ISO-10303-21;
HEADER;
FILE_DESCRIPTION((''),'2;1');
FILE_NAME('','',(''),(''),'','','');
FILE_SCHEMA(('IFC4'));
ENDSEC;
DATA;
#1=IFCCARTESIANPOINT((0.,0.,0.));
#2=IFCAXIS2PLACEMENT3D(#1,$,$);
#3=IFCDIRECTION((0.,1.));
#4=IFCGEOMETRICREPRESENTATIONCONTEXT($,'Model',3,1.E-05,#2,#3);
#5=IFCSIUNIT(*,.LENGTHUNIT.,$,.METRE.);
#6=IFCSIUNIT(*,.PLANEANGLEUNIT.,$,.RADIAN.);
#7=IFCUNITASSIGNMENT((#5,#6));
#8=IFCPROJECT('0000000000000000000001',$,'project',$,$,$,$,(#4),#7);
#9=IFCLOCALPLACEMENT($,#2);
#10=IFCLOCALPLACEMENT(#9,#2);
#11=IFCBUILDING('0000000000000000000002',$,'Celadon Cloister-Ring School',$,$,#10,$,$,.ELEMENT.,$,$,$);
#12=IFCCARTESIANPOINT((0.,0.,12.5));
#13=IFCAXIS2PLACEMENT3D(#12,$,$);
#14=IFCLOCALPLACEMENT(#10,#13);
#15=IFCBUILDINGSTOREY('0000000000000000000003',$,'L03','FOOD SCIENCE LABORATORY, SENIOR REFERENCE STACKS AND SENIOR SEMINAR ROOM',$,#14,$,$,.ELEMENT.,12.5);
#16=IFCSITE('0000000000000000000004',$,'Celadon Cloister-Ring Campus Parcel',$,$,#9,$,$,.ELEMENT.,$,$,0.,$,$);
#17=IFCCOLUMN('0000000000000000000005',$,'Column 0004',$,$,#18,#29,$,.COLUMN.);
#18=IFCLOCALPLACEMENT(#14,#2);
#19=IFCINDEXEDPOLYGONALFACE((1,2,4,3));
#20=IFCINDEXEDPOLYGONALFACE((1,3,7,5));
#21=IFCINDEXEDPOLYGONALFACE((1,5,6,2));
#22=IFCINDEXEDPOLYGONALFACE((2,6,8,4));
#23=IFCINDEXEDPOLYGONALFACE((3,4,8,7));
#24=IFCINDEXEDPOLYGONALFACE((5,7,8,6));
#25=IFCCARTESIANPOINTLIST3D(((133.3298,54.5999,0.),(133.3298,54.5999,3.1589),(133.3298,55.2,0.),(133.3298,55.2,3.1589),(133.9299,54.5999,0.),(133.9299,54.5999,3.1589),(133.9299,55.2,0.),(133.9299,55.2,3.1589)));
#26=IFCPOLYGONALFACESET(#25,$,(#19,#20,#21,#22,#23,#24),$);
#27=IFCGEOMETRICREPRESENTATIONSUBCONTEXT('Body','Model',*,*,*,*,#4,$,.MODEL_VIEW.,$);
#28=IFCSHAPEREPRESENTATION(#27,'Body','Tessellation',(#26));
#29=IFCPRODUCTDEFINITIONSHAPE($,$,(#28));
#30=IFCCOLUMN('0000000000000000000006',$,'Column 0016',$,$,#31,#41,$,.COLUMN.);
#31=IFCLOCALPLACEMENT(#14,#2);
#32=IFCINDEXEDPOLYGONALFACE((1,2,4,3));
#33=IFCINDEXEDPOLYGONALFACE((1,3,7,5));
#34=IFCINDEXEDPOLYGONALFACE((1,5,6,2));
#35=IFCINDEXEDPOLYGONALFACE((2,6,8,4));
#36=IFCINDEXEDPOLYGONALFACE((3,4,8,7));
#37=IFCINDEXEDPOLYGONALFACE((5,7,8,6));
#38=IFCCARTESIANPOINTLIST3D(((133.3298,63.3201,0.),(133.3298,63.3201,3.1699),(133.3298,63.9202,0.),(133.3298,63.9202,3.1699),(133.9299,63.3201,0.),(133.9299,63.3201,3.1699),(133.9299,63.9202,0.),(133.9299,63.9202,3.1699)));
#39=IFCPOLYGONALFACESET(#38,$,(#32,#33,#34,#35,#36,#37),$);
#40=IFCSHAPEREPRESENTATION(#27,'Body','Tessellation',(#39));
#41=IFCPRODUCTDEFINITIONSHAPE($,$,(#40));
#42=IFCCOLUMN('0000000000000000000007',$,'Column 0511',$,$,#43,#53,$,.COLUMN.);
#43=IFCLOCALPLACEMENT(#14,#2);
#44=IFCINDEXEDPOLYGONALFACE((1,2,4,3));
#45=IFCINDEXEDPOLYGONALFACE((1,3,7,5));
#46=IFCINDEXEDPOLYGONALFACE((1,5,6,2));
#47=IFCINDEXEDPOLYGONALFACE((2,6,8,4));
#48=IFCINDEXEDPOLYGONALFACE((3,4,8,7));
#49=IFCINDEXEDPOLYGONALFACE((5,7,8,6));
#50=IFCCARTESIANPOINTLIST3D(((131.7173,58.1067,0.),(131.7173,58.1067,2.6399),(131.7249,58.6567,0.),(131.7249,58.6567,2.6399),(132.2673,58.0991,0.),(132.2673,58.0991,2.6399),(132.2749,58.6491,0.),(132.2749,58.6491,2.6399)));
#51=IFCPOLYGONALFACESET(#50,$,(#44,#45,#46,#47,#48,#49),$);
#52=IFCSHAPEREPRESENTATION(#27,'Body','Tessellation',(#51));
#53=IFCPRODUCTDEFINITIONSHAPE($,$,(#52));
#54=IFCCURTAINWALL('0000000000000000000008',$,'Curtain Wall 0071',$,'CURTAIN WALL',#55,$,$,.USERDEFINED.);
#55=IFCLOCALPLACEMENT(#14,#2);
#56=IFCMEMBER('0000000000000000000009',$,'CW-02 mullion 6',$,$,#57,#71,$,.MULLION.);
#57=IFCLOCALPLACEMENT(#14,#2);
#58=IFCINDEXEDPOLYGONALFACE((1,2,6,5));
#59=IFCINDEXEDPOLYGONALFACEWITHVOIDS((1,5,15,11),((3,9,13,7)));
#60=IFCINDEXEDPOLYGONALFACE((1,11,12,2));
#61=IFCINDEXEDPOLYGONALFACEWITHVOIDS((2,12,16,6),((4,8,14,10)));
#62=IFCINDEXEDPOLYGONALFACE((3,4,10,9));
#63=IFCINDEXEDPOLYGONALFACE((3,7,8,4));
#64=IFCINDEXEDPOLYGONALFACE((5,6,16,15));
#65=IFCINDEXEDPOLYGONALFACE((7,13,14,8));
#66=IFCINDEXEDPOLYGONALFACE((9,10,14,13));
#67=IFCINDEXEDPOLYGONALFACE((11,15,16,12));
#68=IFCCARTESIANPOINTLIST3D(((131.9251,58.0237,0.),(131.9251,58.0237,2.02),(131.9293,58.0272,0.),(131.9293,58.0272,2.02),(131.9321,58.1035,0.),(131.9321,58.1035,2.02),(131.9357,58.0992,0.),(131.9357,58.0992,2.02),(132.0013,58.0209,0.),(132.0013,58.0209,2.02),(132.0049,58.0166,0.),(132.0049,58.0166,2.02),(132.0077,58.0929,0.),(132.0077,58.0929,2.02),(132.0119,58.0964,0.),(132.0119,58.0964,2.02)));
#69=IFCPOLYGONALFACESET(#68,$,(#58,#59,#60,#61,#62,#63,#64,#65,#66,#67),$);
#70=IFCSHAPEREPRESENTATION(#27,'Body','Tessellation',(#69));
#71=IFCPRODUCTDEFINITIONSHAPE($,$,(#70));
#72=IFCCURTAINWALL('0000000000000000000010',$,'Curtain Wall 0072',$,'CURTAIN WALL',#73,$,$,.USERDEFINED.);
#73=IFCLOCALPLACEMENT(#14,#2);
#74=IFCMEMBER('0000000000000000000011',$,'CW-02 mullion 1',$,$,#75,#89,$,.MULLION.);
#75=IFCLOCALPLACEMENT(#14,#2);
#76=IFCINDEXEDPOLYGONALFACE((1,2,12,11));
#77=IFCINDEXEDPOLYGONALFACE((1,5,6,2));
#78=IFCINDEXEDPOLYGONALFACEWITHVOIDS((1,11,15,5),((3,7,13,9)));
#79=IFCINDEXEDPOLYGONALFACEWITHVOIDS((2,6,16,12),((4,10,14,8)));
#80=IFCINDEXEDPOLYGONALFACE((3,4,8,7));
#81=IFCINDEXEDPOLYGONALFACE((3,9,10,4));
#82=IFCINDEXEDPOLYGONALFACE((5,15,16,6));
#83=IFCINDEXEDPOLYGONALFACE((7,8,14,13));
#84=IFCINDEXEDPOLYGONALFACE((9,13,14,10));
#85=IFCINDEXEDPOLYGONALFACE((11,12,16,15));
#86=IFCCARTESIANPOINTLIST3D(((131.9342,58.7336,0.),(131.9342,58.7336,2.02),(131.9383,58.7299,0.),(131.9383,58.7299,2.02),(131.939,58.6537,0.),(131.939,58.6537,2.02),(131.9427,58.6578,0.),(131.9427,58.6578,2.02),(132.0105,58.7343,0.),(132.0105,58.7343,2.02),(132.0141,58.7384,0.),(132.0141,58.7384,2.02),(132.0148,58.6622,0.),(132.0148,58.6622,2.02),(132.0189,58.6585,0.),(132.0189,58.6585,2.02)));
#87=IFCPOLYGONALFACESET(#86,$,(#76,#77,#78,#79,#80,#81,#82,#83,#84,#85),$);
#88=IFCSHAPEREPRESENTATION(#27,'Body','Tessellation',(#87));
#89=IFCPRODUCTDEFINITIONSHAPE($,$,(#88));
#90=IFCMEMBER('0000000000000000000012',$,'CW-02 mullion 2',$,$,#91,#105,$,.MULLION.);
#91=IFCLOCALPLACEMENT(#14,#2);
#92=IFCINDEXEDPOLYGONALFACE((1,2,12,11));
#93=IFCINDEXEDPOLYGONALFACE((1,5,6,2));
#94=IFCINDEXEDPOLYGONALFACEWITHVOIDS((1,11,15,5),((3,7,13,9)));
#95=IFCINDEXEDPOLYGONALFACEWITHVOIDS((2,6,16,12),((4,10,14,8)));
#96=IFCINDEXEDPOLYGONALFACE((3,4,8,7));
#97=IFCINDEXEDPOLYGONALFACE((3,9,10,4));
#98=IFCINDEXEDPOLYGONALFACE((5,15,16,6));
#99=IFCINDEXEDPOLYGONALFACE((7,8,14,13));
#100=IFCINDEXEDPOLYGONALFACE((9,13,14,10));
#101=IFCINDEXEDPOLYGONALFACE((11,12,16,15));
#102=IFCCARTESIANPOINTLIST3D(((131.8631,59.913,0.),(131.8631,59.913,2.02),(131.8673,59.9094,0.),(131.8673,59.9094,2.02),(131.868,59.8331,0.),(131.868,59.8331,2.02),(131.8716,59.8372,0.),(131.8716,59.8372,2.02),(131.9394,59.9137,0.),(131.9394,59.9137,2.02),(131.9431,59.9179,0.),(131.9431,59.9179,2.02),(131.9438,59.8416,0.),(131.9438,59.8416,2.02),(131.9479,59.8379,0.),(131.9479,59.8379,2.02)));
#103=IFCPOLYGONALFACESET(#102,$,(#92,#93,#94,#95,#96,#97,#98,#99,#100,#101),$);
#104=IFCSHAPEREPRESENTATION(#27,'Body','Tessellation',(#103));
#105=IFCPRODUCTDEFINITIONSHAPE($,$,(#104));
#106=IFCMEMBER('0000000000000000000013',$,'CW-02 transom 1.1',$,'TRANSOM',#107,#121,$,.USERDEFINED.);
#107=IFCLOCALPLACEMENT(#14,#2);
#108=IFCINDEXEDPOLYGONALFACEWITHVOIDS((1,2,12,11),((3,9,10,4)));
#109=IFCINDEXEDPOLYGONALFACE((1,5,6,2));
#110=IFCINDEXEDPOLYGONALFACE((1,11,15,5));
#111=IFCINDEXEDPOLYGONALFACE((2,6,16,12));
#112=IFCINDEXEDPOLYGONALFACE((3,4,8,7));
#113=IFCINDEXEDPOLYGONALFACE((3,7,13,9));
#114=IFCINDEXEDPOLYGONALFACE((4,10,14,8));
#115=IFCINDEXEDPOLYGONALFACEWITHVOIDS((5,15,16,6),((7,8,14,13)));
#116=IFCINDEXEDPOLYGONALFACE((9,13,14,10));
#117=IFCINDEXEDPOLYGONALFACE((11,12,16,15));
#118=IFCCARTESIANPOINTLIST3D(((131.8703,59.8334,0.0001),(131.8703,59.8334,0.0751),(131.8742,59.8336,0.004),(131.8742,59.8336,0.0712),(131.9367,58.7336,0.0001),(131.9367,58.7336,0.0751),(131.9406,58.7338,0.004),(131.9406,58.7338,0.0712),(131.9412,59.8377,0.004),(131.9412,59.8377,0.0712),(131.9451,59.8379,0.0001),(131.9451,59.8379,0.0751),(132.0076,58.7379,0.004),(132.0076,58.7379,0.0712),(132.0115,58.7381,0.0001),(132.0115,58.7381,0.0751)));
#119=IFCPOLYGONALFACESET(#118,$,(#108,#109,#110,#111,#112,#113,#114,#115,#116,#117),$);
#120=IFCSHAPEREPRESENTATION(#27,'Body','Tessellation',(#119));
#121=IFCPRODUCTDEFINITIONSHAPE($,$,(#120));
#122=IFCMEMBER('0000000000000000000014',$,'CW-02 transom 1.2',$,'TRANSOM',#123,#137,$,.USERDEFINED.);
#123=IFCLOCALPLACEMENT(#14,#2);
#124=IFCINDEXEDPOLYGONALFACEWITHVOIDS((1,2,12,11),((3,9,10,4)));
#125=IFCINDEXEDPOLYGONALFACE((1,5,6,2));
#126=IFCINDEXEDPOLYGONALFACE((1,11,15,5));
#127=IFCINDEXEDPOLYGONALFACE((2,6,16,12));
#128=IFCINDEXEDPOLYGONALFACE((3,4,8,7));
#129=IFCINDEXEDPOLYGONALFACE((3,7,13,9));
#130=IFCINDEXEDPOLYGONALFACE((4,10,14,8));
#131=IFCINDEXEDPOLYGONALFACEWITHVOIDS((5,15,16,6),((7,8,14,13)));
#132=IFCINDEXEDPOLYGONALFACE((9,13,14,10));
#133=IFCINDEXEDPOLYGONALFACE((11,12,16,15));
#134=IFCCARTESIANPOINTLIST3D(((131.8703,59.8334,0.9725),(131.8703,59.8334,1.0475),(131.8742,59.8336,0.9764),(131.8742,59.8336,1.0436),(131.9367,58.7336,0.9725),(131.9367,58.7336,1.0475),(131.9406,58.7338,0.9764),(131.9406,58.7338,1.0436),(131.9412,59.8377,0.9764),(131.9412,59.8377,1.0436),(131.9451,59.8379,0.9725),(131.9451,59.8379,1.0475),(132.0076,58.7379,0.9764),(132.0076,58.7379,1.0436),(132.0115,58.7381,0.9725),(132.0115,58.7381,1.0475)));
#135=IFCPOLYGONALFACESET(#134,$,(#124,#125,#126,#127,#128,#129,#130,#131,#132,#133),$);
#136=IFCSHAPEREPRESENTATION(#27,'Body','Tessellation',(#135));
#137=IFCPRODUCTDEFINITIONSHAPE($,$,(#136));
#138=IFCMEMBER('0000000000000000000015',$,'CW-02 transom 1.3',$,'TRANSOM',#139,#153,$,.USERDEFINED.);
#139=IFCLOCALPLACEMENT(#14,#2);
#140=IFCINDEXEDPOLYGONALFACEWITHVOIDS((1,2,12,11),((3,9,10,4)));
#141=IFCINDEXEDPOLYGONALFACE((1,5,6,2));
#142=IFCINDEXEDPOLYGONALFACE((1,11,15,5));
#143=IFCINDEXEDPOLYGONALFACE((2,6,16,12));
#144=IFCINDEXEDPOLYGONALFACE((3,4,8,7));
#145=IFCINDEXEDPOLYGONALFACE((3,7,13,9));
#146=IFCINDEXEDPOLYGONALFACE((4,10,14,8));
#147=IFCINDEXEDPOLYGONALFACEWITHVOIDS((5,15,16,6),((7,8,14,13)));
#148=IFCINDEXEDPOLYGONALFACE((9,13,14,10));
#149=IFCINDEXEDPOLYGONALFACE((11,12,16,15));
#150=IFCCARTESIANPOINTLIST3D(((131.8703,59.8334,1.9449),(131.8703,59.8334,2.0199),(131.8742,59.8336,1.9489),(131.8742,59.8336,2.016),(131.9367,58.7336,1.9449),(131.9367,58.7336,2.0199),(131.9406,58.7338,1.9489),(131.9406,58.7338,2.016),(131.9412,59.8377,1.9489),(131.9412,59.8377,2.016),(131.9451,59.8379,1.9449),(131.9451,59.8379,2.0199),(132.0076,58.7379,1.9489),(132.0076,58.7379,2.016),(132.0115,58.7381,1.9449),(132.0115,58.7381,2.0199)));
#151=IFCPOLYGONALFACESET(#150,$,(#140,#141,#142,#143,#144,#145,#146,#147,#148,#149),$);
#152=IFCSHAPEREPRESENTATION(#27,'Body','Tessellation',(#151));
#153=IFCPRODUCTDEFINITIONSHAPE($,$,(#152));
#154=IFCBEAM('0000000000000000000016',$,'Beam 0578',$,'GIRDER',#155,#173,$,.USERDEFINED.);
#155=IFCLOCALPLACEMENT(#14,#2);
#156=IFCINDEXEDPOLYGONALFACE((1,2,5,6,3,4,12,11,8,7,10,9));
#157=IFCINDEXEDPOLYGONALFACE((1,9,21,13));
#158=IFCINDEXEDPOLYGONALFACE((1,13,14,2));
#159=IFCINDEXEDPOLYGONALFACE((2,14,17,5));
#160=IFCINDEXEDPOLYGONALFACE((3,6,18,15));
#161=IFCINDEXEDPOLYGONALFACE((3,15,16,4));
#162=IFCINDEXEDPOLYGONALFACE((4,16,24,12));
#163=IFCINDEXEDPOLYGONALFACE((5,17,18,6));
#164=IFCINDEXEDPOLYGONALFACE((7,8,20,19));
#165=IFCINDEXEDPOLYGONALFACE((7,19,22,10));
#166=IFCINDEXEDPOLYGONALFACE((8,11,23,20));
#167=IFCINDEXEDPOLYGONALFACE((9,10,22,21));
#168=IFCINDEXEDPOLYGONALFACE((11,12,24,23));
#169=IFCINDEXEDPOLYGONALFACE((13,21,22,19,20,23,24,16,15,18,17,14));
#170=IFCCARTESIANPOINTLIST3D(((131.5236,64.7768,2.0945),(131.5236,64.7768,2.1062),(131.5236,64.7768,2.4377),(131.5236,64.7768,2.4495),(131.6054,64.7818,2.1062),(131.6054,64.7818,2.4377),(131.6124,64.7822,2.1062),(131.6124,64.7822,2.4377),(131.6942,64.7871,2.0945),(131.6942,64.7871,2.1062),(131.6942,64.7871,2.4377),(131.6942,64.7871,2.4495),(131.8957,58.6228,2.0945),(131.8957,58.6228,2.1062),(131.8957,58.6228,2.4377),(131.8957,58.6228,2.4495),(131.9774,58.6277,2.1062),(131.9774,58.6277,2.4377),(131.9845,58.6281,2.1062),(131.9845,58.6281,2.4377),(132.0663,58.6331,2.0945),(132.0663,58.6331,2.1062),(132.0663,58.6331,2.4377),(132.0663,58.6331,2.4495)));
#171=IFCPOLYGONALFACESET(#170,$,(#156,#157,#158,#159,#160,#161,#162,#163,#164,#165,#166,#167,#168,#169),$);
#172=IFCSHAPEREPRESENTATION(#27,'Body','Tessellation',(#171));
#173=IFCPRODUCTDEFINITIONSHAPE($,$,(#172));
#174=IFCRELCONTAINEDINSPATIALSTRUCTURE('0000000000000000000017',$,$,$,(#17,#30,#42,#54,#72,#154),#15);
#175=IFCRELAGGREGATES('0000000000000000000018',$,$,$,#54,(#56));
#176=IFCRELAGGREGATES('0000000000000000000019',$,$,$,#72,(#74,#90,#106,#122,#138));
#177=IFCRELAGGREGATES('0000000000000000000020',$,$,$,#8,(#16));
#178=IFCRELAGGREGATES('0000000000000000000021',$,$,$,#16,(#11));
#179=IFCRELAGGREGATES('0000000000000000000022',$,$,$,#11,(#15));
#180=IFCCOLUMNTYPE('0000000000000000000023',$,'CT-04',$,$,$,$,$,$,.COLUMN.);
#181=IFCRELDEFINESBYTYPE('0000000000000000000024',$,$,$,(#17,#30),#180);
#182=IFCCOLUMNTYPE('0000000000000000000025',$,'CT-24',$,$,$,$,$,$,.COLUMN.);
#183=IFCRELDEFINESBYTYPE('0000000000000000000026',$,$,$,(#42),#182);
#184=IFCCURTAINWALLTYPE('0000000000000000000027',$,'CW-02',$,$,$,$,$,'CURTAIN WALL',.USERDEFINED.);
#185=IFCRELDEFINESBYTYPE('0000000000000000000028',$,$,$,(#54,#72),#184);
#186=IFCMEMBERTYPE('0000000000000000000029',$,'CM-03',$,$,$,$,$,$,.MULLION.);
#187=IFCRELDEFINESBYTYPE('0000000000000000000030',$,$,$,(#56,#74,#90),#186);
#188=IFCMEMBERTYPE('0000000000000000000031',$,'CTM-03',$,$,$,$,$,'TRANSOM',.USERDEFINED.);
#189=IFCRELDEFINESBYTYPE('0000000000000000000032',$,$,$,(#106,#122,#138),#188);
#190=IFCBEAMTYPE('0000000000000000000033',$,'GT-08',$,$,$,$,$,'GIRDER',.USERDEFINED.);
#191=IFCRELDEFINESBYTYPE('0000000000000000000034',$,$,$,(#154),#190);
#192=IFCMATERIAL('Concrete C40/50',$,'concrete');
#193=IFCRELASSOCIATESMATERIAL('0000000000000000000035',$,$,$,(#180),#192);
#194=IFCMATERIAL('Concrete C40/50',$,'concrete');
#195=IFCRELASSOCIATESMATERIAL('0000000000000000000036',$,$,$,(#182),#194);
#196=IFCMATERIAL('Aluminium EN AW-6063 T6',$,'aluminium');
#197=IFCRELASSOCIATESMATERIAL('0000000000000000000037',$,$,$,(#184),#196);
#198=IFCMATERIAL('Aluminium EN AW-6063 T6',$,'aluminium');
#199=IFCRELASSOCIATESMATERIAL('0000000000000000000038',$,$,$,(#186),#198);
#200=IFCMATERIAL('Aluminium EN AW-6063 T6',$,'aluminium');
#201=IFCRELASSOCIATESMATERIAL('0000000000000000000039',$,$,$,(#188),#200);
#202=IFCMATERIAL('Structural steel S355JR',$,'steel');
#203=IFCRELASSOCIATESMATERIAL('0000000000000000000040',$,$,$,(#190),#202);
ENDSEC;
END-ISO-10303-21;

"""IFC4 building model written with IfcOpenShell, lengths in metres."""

from ifc_helpers import new_model, si_unit, direction, frame, origin, origin_2d, place, context, subcontext, project, spatial, rectangle, hollow_rectangle, i_section, extrude, material, material_profile, profile_set, type_object, element, aggregate, save


model = new_model("IFC4")

# Units and contexts
model_context = context("Model", 3, precision=1e-05, world=origin(), true_north=direction((0.0, 1.0)))
body_context = subcontext(model_context, "Body", "Model", "MODEL_VIEW")
ifc_project = project(units=[si_unit("LENGTHUNIT", "METRE"), si_unit("PLANEANGLEUNIT", "RADIAN")], contexts=[model_context])

# Site, building, storey
site_placement = place(None, origin())
site = spatial("IfcSite", under=ifc_project, at=site_placement, Name="Celadon Cloister-Ring Campus Parcel", CompositionType="ELEMENT", RefElevation=0.0)
building_placement = place(site_placement, origin())
building = spatial("IfcBuilding", under=site, at=building_placement, Name="Celadon Cloister-Ring School", CompositionType="ELEMENT")
storey_placement = place(building_placement, frame((0.0, 0.0, 12.5)))
storey = spatial("IfcBuildingStorey", under=building, at=storey_placement, Name="L03", Description="FOOD SCIENCE LABORATORY, SENIOR REFERENCE STACKS AND SENIOR SEMINAR ROOM", CompositionType="ELEMENT", Elevation=12.5)

# Columns
ifc_material_1 = material(Name="Concrete C40/50", Category="concrete")
ifc_material_profile_1 = material_profile(ifc_material_1, rectangle(XDim=0.6001, YDim=0.6001, at=origin_2d()), Name="RC600X600")
ifc_profile_set_1 = profile_set([ifc_material_profile_1], Name="Concrete C40/50")
column_type_1 = type_object("IfcColumnType", Name="CT-04", PredefinedType="COLUMN", material=ifc_profile_set_1)
column_1_placement = place(storey_placement, frame((133.6299, 54.8999, 0.0), z_axis=(0.0, 0.0, 1.0), x_axis=(1.0, 0.0, 0.0)))
element("IfcColumn", 1, at=column_1_placement, inside=storey, type_object=column_type_1, Name="Column 0004", PredefinedType="COLUMN", context=body_context, shape_type="SweptSolid", body=[
    extrude(rectangle(XDim=0.6001, YDim=0.6001, at=origin_2d()), origin(), (0.0, 0.0, 1.0), 3.1589),
])
column_2_placement = place(storey_placement, frame((133.6299, 63.6201, 0.0), z_axis=(0.0, 0.0, 1.0), x_axis=(1.0, 0.0, 0.0)))
element("IfcColumn", 2, at=column_2_placement, inside=storey, type_object=column_type_1, Name="Column 0016", PredefinedType="COLUMN", context=body_context, shape_type="SweptSolid", body=[
    extrude(rectangle(XDim=0.6001, YDim=0.6001, at=origin_2d()), origin(), (0.0, 0.0, 1.0), 3.1699),
])
ifc_material_2 = material(Name="Concrete C40/50", Category="concrete")
ifc_material_profile_2 = material_profile(ifc_material_2, rectangle(XDim=0.55, YDim=0.55, at=origin_2d()), Name="RC550X550")
ifc_profile_set_2 = profile_set([ifc_material_profile_2], Name="Concrete C40/50")
column_type_2 = type_object("IfcColumnType", Name="CT-24", PredefinedType="COLUMN", material=ifc_profile_set_2)
column_3_placement = place(storey_placement, frame((131.9961, 58.3779, 0.0), z_axis=(0.0, 0.0, 1.0), x_axis=(0.999904, -0.013823, 0.0)))
element("IfcColumn", 3, at=column_3_placement, inside=storey, type_object=column_type_2, Name="Column 0511", PredefinedType="COLUMN", context=body_context, shape_type="SweptSolid", body=[
    extrude(rectangle(XDim=0.55, YDim=0.55, at=origin_2d()), origin(), (0.0, 0.0, 1.0), 2.6399),
])

# Curtain wall, member
ifc_material_3 = material(Name="Aluminium EN AW-6063 T6", Category="aluminium")
curtain_wall_type = type_object("IfcCurtainWallType", Name="CW-02", ElementType="CURTAIN WALL", PredefinedType="USERDEFINED", material=ifc_material_3)
curtain_wall_1_placement = place(storey_placement, origin())
curtain_wall_1 = element("IfcCurtainWall", 4, at=curtain_wall_1_placement, inside=storey, type_object=curtain_wall_type, Name="Curtain Wall 0071", ObjectType="CURTAIN WALL", PredefinedType="USERDEFINED")
ifc_material_4 = material(Name="Aluminium EN AW-6063 T6", Category="aluminium")
ifc_material_profile_3 = material_profile(ifc_material_4, hollow_rectangle(XDim=0.0801, YDim=0.0801, WallThickness=0.0039, at=origin_2d()), Name="RHS80X80X4")
ifc_profile_set_3 = profile_set([ifc_material_profile_3], Name="Aluminium EN AW-6063 T6")
member_type_1 = type_object("IfcMemberType", Name="CM-03", PredefinedType="MULLION", material=ifc_profile_set_3)
member_1_placement = place(storey_placement, frame((131.9685, 58.0601, 0.0), z_axis=(0.0, 0.0, 1.0), x_axis=(-0.996114, 0.088071, 0.0)))
member_1 = element("IfcMember", 5, at=member_1_placement, type_object=member_type_1, Name="CW-02 mullion 6", PredefinedType="MULLION", context=body_context, shape_type="SweptSolid", body=[
    extrude(hollow_rectangle(XDim=0.0801, YDim=0.0801, WallThickness=0.0039, at=origin_2d()), origin(), (0.0, 0.0, 1.0), 2.02),
])

# Curtain wall, members
curtain_wall_2_placement = place(storey_placement, origin())
curtain_wall_2 = element("IfcCurtainWall", 6, at=curtain_wall_2_placement, inside=storey, type_object=curtain_wall_type, Name="Curtain Wall 0072", ObjectType="CURTAIN WALL", PredefinedType="USERDEFINED")
member_2_placement = place(storey_placement, frame((131.9766, 58.696, 0.0), z_axis=(0.0, 0.0, 1.0), x_axis=(-0.998184, -0.060238, 0.0)))
member_2 = element("IfcMember", 7, at=member_2_placement, type_object=member_type_1, Name="CW-02 mullion 1", PredefinedType="MULLION", context=body_context, shape_type="SweptSolid", body=[
    extrude(hollow_rectangle(XDim=0.0801, YDim=0.0801, WallThickness=0.0039, at=origin_2d()), origin(), (0.0, 0.0, 1.0), 2.02),
])
member_3_placement = place(storey_placement, frame((131.9055, 59.8755, 0.0), z_axis=(0.0, 0.0, 1.0), x_axis=(-0.998184, -0.060238, 0.0)))
member_3 = element("IfcMember", 8, at=member_3_placement, type_object=member_type_1, Name="CW-02 mullion 2", PredefinedType="MULLION", context=body_context, shape_type="SweptSolid", body=[
    extrude(hollow_rectangle(XDim=0.0801, YDim=0.0801, WallThickness=0.0039, at=origin_2d()), origin(), (0.0, 0.0, 1.0), 2.02),
])
ifc_material_5 = material(Name="Aluminium EN AW-6063 T6", Category="aluminium")
ifc_material_profile_4 = material_profile(ifc_material_5, hollow_rectangle(XDim=0.075, YDim=0.075, WallThickness=0.0039, at=origin_2d()), Name="RHS75X75X4")
ifc_profile_set_4 = profile_set([ifc_material_profile_4], Name="Aluminium EN AW-6063 T6")
member_type_2 = type_object("IfcMemberType", Name="CTM-03", ElementType="TRANSOM", PredefinedType="USERDEFINED", material=ifc_profile_set_4)
member_4_placement = place(storey_placement, frame((131.9741, 58.7358, 0.0376), z_axis=(-0.060268, 0.998182, 0.0), x_axis=(-0.998182, -0.060268, 0.0)))
member_4 = element("IfcMember", 9, at=member_4_placement, type_object=member_type_2, Name="CW-02 transom 1.1", ObjectType="TRANSOM", PredefinedType="USERDEFINED", context=body_context, shape_type="SweptSolid", body=[
    extrude(hollow_rectangle(XDim=0.075, YDim=0.075, WallThickness=0.0039, at=origin_2d()), origin(), (0.0, 0.0, 1.0), 1.1018),
])
member_5_placement = place(storey_placement, frame((131.9741, 58.7358, 1.01), z_axis=(-0.060268, 0.998182, 0.0), x_axis=(-0.998182, -0.060268, 0.0)))
member_5 = element("IfcMember", 10, at=member_5_placement, type_object=member_type_2, Name="CW-02 transom 1.2", ObjectType="TRANSOM", PredefinedType="USERDEFINED", context=body_context, shape_type="SweptSolid", body=[
    extrude(hollow_rectangle(XDim=0.075, YDim=0.075, WallThickness=0.0039, at=origin_2d()), origin(), (0.0, 0.0, 1.0), 1.1018),
])
member_6_placement = place(storey_placement, frame((131.9741, 58.7358, 1.9824), z_axis=(-0.060268, 0.998182, 0.0), x_axis=(-0.998182, -0.060268, 0.0)))
member_6 = element("IfcMember", 11, at=member_6_placement, type_object=member_type_2, Name="CW-02 transom 1.3", ObjectType="TRANSOM", PredefinedType="USERDEFINED", context=body_context, shape_type="SweptSolid", body=[
    extrude(hollow_rectangle(XDim=0.075, YDim=0.075, WallThickness=0.0039, at=origin_2d()), origin(), (0.0, 0.0, 1.0), 1.1018),
])

# Beam
ifc_material_6 = material(Name="Structural steel S355JR", Category="steel")
ifc_material_profile_5 = material_profile(ifc_material_6, i_section(OverallWidth=0.1709, OverallDepth=0.355, WebThickness=0.0071, FlangeThickness=0.0117, at=origin_2d()), Name="W360X51")
ifc_profile_set_5 = profile_set([ifc_material_profile_5], Name="Structural steel S355JR")
beam_type = type_object("IfcBeamType", Name="GT-08", ElementType="GIRDER", PredefinedType="USERDEFINED", material=ifc_profile_set_5)
beam_placement = place(storey_placement, frame((131.981, 58.6279, 2.272), z_axis=(-0.060349, 0.998177, 0.0), x_axis=(-0.998177, -0.060349, 0.0)))
element("IfcBeam", 12, at=beam_placement, inside=storey, type_object=beam_type, Name="Beam 0578", ObjectType="GIRDER", PredefinedType="USERDEFINED", context=body_context, shape_type="SweptSolid", body=[
    extrude(i_section(OverallWidth=0.1709, OverallDepth=0.355, WebThickness=0.0071, FlangeThickness=0.0117, at=origin_2d()), origin(), (0.0, 0.0, 1.0), 6.1653),
])

aggregate(curtain_wall_1, [member_1])
aggregate(curtain_wall_2, [member_2, member_3, member_4, member_5, member_6])

save(model, "model.ifc")
